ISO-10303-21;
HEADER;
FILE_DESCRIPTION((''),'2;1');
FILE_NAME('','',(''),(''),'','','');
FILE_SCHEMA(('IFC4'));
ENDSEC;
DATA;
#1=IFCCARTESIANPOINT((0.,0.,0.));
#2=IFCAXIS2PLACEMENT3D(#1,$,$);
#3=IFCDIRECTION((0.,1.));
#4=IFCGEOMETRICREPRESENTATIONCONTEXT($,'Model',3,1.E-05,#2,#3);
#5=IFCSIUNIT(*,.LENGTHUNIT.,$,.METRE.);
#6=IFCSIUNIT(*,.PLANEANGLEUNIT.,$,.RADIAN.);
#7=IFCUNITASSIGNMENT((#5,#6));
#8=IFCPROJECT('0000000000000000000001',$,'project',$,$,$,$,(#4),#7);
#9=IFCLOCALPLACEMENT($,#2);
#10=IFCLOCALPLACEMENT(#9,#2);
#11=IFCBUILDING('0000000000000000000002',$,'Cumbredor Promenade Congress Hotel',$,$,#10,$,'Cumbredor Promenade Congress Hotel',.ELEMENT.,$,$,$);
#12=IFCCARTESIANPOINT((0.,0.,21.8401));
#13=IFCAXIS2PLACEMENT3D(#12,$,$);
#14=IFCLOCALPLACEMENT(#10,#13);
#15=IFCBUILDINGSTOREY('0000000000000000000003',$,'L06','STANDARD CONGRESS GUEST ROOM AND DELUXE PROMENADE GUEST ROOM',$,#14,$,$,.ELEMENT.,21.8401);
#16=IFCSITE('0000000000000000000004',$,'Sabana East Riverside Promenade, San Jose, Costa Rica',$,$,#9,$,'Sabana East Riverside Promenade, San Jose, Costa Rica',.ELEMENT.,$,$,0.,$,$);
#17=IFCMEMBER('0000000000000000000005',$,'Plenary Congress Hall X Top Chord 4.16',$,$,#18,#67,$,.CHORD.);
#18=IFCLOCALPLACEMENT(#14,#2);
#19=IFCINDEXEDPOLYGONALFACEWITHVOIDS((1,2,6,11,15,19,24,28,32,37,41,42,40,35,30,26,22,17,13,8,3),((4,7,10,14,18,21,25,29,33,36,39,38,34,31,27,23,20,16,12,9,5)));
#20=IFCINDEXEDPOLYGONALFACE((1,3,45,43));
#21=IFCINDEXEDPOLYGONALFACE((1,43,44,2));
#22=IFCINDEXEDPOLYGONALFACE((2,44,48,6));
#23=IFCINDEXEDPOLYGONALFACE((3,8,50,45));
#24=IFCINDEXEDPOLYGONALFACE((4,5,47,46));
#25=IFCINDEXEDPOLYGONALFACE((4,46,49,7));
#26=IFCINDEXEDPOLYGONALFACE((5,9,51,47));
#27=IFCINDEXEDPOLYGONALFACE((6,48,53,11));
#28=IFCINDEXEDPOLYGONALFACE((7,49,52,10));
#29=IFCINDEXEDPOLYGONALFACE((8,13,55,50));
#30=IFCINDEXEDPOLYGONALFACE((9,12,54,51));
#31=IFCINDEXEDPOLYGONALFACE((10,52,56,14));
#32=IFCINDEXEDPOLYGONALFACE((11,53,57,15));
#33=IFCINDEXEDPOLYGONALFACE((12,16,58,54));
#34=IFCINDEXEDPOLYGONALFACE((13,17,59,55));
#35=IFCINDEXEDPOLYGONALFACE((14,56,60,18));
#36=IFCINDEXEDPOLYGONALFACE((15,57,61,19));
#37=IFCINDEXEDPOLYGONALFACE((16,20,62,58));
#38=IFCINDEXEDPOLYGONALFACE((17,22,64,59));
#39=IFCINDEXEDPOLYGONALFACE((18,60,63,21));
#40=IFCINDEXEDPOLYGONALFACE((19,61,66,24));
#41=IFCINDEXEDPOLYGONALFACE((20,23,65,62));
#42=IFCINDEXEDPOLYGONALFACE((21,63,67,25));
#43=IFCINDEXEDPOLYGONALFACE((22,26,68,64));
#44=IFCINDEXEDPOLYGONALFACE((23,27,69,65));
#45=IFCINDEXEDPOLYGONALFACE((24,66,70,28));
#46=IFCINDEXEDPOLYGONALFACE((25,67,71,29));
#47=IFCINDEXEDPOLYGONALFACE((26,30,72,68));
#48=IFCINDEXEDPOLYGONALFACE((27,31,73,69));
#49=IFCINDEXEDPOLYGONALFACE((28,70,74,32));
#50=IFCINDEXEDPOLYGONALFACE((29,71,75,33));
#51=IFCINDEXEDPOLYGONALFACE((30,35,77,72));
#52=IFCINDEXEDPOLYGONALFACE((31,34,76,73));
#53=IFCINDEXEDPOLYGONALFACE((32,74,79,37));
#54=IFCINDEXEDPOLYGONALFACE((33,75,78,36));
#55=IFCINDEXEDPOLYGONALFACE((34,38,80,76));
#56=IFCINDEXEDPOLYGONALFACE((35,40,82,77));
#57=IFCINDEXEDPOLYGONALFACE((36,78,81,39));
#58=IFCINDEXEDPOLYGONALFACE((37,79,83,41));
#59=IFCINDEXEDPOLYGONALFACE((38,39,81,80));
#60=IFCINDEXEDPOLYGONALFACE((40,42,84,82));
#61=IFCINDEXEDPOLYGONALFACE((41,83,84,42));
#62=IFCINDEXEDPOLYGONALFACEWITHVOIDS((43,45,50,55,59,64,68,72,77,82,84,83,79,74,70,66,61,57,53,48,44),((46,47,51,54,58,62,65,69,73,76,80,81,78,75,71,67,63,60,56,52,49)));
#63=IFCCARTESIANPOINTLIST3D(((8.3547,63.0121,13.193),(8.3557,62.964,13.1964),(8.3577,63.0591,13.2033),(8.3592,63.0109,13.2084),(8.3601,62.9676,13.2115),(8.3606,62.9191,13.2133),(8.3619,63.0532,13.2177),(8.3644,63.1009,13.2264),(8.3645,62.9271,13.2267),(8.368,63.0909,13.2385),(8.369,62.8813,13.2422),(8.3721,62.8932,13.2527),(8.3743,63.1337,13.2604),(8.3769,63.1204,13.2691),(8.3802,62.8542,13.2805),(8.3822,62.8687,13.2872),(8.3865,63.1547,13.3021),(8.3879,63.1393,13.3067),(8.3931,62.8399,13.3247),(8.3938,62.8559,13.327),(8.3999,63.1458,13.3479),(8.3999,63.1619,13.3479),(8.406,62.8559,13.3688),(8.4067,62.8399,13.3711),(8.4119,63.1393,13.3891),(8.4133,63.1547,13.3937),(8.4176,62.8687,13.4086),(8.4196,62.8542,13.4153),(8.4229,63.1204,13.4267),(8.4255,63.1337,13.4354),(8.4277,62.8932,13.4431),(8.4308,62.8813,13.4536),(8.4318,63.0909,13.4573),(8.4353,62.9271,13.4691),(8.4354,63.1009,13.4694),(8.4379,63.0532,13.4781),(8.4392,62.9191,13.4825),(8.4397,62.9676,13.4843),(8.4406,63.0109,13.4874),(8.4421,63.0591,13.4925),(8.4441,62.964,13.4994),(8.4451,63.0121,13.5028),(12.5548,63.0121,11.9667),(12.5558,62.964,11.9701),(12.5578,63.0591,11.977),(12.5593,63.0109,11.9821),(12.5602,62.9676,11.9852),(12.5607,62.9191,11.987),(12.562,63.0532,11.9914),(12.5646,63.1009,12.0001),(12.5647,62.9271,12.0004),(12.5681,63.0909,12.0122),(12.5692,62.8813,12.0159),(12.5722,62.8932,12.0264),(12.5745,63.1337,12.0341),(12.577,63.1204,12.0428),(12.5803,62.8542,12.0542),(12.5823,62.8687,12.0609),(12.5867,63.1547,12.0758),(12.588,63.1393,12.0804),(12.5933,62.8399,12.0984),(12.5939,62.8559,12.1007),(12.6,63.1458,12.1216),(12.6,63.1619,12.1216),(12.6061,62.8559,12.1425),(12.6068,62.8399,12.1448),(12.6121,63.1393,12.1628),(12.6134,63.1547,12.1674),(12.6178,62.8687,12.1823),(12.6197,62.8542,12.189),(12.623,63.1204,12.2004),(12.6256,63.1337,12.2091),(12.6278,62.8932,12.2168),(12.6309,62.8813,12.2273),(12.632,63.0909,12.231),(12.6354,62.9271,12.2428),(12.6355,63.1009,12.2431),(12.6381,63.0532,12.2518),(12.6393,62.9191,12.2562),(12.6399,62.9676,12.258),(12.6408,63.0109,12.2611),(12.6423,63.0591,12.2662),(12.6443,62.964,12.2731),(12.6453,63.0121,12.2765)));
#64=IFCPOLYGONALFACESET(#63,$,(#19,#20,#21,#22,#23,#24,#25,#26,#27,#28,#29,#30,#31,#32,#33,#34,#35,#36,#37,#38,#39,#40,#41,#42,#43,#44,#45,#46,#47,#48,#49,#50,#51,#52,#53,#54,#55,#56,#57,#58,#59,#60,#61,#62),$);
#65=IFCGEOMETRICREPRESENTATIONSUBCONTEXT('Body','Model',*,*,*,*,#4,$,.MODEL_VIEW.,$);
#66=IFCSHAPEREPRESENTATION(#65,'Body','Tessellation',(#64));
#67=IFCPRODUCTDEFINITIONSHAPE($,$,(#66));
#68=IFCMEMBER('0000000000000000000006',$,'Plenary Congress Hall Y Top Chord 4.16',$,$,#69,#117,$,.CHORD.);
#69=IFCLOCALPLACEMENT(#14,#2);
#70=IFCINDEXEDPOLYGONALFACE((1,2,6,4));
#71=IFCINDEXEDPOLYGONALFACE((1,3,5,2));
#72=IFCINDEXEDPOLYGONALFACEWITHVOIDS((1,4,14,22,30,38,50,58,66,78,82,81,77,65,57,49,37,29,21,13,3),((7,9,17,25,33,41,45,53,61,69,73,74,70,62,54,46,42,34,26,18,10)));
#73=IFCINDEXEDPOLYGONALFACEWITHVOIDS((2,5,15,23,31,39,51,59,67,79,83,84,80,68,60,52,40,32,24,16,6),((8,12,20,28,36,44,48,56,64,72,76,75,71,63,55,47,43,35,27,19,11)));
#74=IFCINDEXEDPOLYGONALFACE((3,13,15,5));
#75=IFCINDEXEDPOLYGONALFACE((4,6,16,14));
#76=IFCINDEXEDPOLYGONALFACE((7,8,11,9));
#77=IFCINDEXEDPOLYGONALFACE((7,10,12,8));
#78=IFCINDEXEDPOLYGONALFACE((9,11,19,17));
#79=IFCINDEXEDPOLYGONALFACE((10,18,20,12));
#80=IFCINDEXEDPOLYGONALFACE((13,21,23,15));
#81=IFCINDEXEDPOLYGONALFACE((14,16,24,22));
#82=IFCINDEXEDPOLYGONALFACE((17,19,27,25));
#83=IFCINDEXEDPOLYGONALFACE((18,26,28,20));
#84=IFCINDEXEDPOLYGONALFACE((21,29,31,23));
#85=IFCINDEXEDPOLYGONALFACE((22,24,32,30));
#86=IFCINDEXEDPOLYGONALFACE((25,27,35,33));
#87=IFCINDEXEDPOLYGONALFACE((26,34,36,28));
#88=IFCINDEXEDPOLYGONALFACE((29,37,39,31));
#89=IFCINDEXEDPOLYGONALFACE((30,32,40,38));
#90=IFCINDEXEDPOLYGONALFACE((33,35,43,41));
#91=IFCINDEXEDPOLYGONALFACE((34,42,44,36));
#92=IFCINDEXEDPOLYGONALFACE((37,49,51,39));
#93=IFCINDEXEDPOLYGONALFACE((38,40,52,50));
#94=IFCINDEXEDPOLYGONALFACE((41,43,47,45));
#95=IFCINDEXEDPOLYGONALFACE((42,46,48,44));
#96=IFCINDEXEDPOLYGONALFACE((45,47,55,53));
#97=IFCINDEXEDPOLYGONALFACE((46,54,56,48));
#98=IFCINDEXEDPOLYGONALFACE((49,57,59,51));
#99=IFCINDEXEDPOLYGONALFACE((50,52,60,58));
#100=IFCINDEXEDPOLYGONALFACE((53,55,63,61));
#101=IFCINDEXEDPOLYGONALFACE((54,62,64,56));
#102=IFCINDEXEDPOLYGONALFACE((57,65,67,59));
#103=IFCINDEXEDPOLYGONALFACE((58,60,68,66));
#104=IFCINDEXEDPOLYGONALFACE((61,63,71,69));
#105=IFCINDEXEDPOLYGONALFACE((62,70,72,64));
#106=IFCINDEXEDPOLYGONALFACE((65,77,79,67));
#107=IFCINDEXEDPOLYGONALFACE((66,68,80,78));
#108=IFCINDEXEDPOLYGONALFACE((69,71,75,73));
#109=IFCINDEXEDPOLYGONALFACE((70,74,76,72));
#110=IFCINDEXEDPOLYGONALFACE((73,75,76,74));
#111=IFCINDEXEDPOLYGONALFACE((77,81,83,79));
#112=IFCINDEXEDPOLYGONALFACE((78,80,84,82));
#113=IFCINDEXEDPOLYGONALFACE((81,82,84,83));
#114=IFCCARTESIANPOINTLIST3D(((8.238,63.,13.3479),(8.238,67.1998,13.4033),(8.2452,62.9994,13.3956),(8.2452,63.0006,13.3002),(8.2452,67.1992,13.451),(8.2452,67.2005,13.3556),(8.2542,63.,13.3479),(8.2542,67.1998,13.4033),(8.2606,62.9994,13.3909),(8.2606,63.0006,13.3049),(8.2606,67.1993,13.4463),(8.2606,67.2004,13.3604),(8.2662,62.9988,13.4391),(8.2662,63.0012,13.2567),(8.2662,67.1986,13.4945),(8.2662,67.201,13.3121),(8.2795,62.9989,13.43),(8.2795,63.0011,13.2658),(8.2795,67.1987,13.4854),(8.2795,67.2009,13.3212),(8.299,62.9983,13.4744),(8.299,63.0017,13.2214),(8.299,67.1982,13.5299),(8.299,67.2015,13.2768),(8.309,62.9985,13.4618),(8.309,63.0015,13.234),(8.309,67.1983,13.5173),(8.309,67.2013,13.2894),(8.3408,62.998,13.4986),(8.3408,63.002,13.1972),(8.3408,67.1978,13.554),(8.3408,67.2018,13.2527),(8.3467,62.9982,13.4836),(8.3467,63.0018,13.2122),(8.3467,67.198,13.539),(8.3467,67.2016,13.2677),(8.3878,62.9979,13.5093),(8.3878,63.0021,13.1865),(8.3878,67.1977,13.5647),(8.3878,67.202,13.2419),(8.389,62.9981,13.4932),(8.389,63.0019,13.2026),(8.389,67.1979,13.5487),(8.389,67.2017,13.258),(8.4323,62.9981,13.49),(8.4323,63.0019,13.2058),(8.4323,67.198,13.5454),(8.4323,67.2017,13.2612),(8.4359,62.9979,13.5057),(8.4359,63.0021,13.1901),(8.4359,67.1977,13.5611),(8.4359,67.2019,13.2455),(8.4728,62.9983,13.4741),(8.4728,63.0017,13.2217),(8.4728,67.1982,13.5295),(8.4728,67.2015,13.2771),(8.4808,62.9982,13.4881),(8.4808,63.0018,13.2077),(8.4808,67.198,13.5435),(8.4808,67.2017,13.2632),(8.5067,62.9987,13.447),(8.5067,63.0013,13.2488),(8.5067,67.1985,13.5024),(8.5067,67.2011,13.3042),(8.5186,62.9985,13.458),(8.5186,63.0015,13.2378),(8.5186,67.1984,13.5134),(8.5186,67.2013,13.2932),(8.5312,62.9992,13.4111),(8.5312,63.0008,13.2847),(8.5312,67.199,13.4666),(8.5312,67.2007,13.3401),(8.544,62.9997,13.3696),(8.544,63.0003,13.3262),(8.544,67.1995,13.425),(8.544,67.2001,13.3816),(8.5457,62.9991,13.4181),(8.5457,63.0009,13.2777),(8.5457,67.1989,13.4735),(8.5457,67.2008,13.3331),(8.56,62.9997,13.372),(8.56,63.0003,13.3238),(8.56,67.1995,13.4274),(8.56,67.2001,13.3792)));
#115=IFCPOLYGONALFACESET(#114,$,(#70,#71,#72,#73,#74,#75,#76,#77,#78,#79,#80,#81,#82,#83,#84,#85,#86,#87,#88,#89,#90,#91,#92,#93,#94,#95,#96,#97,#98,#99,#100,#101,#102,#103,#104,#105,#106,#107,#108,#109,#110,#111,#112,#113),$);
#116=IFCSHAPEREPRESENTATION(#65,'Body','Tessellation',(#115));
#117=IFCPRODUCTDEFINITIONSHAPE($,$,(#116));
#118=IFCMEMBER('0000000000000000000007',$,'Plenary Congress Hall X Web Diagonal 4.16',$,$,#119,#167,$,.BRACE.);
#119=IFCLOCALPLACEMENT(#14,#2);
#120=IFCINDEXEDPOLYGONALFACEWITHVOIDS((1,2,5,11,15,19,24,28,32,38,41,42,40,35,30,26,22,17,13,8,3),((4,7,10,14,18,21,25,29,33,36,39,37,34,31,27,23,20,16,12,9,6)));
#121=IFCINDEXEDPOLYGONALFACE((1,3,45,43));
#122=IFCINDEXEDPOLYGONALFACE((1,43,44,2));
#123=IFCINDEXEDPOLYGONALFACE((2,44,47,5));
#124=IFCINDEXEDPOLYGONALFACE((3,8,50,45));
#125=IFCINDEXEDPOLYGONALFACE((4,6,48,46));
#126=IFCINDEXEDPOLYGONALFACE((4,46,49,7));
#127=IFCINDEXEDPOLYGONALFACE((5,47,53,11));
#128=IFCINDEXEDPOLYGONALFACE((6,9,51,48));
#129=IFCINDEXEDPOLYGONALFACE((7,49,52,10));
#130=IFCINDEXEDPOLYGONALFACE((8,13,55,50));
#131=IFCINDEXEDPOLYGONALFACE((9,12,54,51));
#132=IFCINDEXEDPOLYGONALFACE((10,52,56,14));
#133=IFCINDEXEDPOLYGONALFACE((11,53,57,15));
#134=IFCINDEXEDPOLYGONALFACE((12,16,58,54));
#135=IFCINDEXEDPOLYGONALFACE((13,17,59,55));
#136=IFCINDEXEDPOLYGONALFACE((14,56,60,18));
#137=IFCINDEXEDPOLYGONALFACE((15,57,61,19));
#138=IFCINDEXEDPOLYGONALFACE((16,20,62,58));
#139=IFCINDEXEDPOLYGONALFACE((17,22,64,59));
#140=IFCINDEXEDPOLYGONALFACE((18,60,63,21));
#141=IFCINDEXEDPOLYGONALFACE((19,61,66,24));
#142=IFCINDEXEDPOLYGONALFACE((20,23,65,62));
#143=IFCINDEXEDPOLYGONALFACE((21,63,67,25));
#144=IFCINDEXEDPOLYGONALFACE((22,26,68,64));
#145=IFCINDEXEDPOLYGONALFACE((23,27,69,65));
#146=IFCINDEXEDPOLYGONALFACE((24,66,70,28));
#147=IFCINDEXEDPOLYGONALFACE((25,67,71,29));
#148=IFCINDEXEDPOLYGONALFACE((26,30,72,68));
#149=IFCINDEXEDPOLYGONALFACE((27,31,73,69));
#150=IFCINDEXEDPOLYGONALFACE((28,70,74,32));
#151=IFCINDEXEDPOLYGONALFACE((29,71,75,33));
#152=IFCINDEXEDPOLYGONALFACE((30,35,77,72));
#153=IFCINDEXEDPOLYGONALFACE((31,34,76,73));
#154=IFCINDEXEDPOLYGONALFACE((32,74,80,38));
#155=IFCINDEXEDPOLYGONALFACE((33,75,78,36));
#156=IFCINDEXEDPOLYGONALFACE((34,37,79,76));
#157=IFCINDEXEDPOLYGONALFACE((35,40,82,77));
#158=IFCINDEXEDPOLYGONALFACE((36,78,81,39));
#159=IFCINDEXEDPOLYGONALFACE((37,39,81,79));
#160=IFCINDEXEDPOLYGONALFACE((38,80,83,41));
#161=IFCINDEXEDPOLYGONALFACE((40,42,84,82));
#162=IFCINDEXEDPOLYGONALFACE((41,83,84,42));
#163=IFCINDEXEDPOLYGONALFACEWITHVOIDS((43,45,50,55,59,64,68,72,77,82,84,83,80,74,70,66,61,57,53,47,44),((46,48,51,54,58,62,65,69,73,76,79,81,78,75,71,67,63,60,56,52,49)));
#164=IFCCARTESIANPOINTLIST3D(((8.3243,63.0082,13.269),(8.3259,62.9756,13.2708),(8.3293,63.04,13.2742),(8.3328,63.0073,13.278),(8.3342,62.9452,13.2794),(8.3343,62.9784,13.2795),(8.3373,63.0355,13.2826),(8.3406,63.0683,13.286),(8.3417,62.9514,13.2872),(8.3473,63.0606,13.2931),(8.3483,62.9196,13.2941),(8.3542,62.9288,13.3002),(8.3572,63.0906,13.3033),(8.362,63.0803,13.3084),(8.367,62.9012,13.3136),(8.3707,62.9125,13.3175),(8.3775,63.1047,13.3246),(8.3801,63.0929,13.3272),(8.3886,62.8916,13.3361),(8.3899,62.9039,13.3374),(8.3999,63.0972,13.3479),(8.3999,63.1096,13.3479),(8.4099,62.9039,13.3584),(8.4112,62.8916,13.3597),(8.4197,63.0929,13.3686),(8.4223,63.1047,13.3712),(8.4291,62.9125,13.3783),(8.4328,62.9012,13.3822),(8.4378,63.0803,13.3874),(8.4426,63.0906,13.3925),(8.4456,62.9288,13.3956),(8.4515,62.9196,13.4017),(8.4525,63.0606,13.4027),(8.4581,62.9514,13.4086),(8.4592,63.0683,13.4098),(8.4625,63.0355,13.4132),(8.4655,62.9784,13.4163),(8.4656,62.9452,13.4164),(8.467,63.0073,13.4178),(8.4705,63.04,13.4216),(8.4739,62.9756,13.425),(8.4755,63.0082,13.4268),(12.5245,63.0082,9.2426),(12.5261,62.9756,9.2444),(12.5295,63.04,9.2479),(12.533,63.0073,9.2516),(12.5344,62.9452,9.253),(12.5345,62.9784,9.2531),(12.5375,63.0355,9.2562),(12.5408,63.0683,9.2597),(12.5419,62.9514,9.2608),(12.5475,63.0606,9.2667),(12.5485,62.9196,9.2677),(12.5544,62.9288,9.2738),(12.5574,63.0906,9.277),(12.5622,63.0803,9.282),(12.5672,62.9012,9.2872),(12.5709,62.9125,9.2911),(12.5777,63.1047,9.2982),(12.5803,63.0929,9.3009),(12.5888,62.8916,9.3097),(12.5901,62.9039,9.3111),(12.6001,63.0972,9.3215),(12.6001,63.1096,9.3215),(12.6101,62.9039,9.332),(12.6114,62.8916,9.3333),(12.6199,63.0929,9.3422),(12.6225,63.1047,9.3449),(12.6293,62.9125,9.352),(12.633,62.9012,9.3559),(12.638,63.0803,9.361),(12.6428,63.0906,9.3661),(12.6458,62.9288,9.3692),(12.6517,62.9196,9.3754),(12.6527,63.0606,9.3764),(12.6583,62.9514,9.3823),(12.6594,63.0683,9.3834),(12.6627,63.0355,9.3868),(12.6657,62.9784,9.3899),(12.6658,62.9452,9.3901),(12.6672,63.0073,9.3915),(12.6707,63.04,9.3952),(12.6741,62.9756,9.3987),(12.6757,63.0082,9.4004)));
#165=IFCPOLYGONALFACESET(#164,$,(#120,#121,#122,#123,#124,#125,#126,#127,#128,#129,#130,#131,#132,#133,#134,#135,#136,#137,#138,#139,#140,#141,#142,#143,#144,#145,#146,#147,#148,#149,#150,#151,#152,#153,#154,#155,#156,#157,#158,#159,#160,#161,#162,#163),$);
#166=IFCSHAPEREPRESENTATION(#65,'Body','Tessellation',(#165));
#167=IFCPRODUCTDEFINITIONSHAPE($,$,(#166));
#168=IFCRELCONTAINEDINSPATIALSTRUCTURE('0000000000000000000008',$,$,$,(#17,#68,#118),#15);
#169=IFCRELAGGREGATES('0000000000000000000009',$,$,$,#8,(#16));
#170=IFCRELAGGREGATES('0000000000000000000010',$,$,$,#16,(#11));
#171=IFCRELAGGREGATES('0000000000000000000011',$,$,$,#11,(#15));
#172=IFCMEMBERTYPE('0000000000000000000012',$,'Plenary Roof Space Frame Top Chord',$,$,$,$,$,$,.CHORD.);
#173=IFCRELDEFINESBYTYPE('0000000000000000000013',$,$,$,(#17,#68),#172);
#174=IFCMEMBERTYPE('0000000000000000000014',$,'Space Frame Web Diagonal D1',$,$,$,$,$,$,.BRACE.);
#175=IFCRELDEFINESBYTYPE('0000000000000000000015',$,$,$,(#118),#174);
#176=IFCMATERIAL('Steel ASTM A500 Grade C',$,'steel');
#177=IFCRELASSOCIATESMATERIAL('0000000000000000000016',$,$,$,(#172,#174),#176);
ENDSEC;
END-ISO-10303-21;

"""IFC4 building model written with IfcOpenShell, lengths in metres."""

from ifc_helpers import new_model, si_unit, direction, frame, origin, origin_2d, place, context, subcontext, project, spatial, hollow_circle, extrude, material, material_profile, profile_set, type_object, element, save


model = new_model("IFC4")

# Units and contexts
model_context = context("Model", 3, precision=1e-05, world=origin(), true_north=direction((0.0, 1.0)))
body_context = subcontext(model_context, "Body", "Model", "MODEL_VIEW")
ifc_project = project(units=[si_unit("LENGTHUNIT", "METRE"), si_unit("PLANEANGLEUNIT", "RADIAN")], contexts=[model_context])

# Site, building, storey
site_placement = place(None, origin())
site = spatial("IfcSite", under=ifc_project, at=site_placement, Name="Sabana East Riverside Promenade, San Jose, Costa Rica", LongName="Sabana East Riverside Promenade, San Jose, Costa Rica", CompositionType="ELEMENT", RefElevation=0.0)
building_placement = place(site_placement, origin())
building = spatial("IfcBuilding", under=site, at=building_placement, Name="Cumbredor Promenade Congress Hotel", LongName="Cumbredor Promenade Congress Hotel", CompositionType="ELEMENT")
storey_placement = place(building_placement, frame((0.0, 0.0, 21.8401)))
storey = spatial("IfcBuildingStorey", under=building, at=storey_placement, Name="L06", Description="STANDARD CONGRESS GUEST ROOM AND DELUXE PROMENADE GUEST ROOM", CompositionType="ELEMENT", Elevation=21.8401)

# Members
ifc_material_1 = material(Name="Steel ASTM A500 Grade C", Category="steel")
ifc_material_profile_1 = material_profile(ifc_material_1, hollow_circle(Radius=0.1619, WallThickness=0.0161, at=origin_2d()), Name="CHS 323.9x16")
ifc_profile_set_1 = profile_set([ifc_material_profile_1], Name="Steel ASTM A500 Grade C")
member_type_1 = type_object("IfcMemberType", Name="Plenary Roof Space Frame Top Chord", PredefinedType="CHORD", material=ifc_profile_set_1)
member_1_placement = place(storey_placement, frame((8.3999, 63.0, 13.3479), z_axis=(0.959922, 0.0, -0.280266), x_axis=(0.0, 1.0, 0.0)))
element("IfcMember", 1, at=member_1_placement, inside=storey, type_object=member_type_1, Name="Plenary Congress Hall X Top Chord 4.16", PredefinedType="CHORD", context=body_context, shape_type="SweptSolid", body=[
    extrude(hollow_circle(Radius=0.1619, WallThickness=0.0161, at=origin_2d()), origin(), (0.0, 0.0, 1.0), 4.3755),
])
member_2_placement = place(storey_placement, frame((8.3999, 63.0, 13.3479), z_axis=(0.0, 0.999913, 0.013194), x_axis=(-1.0, 0.0, 0.0)))
element("IfcMember", 2, at=member_2_placement, inside=storey, type_object=member_type_1, Name="Plenary Congress Hall Y Top Chord 4.16", PredefinedType="CHORD", context=body_context, shape_type="SweptSolid", body=[
    extrude(hollow_circle(Radius=0.1619, WallThickness=0.0161, at=origin_2d()), origin(), (0.0, 0.0, 1.0), 4.2002),
])
ifc_material_profile_2 = material_profile(ifc_material_1, hollow_circle(Radius=0.1096, WallThickness=0.0125, at=origin_2d()), Name="CHS 219.1x12.5")
ifc_profile_set_2 = profile_set([ifc_material_profile_2], Name="Steel ASTM A500 Grade C")
member_type_2 = type_object("IfcMemberType", Name="Space Frame Web Diagonal D1", PredefinedType="BRACE", material=ifc_profile_set_2)
member_3_placement = place(storey_placement, frame((8.3999, 63.0, 13.3479), z_axis=(0.721887, 0.0, -0.692011), x_axis=(0.0, 1.0, 0.0)))
element("IfcMember", 3, at=member_3_placement, inside=storey, type_object=member_type_2, Name="Plenary Congress Hall X Web Diagonal 4.16", PredefinedType="BRACE", context=body_context, shape_type="SweptSolid", body=[
    extrude(hollow_circle(Radius=0.1096, WallThickness=0.0125, at=origin_2d()), origin(), (0.0, 0.0, 1.0), 5.8184),
])

save(model, "model.ifc")
